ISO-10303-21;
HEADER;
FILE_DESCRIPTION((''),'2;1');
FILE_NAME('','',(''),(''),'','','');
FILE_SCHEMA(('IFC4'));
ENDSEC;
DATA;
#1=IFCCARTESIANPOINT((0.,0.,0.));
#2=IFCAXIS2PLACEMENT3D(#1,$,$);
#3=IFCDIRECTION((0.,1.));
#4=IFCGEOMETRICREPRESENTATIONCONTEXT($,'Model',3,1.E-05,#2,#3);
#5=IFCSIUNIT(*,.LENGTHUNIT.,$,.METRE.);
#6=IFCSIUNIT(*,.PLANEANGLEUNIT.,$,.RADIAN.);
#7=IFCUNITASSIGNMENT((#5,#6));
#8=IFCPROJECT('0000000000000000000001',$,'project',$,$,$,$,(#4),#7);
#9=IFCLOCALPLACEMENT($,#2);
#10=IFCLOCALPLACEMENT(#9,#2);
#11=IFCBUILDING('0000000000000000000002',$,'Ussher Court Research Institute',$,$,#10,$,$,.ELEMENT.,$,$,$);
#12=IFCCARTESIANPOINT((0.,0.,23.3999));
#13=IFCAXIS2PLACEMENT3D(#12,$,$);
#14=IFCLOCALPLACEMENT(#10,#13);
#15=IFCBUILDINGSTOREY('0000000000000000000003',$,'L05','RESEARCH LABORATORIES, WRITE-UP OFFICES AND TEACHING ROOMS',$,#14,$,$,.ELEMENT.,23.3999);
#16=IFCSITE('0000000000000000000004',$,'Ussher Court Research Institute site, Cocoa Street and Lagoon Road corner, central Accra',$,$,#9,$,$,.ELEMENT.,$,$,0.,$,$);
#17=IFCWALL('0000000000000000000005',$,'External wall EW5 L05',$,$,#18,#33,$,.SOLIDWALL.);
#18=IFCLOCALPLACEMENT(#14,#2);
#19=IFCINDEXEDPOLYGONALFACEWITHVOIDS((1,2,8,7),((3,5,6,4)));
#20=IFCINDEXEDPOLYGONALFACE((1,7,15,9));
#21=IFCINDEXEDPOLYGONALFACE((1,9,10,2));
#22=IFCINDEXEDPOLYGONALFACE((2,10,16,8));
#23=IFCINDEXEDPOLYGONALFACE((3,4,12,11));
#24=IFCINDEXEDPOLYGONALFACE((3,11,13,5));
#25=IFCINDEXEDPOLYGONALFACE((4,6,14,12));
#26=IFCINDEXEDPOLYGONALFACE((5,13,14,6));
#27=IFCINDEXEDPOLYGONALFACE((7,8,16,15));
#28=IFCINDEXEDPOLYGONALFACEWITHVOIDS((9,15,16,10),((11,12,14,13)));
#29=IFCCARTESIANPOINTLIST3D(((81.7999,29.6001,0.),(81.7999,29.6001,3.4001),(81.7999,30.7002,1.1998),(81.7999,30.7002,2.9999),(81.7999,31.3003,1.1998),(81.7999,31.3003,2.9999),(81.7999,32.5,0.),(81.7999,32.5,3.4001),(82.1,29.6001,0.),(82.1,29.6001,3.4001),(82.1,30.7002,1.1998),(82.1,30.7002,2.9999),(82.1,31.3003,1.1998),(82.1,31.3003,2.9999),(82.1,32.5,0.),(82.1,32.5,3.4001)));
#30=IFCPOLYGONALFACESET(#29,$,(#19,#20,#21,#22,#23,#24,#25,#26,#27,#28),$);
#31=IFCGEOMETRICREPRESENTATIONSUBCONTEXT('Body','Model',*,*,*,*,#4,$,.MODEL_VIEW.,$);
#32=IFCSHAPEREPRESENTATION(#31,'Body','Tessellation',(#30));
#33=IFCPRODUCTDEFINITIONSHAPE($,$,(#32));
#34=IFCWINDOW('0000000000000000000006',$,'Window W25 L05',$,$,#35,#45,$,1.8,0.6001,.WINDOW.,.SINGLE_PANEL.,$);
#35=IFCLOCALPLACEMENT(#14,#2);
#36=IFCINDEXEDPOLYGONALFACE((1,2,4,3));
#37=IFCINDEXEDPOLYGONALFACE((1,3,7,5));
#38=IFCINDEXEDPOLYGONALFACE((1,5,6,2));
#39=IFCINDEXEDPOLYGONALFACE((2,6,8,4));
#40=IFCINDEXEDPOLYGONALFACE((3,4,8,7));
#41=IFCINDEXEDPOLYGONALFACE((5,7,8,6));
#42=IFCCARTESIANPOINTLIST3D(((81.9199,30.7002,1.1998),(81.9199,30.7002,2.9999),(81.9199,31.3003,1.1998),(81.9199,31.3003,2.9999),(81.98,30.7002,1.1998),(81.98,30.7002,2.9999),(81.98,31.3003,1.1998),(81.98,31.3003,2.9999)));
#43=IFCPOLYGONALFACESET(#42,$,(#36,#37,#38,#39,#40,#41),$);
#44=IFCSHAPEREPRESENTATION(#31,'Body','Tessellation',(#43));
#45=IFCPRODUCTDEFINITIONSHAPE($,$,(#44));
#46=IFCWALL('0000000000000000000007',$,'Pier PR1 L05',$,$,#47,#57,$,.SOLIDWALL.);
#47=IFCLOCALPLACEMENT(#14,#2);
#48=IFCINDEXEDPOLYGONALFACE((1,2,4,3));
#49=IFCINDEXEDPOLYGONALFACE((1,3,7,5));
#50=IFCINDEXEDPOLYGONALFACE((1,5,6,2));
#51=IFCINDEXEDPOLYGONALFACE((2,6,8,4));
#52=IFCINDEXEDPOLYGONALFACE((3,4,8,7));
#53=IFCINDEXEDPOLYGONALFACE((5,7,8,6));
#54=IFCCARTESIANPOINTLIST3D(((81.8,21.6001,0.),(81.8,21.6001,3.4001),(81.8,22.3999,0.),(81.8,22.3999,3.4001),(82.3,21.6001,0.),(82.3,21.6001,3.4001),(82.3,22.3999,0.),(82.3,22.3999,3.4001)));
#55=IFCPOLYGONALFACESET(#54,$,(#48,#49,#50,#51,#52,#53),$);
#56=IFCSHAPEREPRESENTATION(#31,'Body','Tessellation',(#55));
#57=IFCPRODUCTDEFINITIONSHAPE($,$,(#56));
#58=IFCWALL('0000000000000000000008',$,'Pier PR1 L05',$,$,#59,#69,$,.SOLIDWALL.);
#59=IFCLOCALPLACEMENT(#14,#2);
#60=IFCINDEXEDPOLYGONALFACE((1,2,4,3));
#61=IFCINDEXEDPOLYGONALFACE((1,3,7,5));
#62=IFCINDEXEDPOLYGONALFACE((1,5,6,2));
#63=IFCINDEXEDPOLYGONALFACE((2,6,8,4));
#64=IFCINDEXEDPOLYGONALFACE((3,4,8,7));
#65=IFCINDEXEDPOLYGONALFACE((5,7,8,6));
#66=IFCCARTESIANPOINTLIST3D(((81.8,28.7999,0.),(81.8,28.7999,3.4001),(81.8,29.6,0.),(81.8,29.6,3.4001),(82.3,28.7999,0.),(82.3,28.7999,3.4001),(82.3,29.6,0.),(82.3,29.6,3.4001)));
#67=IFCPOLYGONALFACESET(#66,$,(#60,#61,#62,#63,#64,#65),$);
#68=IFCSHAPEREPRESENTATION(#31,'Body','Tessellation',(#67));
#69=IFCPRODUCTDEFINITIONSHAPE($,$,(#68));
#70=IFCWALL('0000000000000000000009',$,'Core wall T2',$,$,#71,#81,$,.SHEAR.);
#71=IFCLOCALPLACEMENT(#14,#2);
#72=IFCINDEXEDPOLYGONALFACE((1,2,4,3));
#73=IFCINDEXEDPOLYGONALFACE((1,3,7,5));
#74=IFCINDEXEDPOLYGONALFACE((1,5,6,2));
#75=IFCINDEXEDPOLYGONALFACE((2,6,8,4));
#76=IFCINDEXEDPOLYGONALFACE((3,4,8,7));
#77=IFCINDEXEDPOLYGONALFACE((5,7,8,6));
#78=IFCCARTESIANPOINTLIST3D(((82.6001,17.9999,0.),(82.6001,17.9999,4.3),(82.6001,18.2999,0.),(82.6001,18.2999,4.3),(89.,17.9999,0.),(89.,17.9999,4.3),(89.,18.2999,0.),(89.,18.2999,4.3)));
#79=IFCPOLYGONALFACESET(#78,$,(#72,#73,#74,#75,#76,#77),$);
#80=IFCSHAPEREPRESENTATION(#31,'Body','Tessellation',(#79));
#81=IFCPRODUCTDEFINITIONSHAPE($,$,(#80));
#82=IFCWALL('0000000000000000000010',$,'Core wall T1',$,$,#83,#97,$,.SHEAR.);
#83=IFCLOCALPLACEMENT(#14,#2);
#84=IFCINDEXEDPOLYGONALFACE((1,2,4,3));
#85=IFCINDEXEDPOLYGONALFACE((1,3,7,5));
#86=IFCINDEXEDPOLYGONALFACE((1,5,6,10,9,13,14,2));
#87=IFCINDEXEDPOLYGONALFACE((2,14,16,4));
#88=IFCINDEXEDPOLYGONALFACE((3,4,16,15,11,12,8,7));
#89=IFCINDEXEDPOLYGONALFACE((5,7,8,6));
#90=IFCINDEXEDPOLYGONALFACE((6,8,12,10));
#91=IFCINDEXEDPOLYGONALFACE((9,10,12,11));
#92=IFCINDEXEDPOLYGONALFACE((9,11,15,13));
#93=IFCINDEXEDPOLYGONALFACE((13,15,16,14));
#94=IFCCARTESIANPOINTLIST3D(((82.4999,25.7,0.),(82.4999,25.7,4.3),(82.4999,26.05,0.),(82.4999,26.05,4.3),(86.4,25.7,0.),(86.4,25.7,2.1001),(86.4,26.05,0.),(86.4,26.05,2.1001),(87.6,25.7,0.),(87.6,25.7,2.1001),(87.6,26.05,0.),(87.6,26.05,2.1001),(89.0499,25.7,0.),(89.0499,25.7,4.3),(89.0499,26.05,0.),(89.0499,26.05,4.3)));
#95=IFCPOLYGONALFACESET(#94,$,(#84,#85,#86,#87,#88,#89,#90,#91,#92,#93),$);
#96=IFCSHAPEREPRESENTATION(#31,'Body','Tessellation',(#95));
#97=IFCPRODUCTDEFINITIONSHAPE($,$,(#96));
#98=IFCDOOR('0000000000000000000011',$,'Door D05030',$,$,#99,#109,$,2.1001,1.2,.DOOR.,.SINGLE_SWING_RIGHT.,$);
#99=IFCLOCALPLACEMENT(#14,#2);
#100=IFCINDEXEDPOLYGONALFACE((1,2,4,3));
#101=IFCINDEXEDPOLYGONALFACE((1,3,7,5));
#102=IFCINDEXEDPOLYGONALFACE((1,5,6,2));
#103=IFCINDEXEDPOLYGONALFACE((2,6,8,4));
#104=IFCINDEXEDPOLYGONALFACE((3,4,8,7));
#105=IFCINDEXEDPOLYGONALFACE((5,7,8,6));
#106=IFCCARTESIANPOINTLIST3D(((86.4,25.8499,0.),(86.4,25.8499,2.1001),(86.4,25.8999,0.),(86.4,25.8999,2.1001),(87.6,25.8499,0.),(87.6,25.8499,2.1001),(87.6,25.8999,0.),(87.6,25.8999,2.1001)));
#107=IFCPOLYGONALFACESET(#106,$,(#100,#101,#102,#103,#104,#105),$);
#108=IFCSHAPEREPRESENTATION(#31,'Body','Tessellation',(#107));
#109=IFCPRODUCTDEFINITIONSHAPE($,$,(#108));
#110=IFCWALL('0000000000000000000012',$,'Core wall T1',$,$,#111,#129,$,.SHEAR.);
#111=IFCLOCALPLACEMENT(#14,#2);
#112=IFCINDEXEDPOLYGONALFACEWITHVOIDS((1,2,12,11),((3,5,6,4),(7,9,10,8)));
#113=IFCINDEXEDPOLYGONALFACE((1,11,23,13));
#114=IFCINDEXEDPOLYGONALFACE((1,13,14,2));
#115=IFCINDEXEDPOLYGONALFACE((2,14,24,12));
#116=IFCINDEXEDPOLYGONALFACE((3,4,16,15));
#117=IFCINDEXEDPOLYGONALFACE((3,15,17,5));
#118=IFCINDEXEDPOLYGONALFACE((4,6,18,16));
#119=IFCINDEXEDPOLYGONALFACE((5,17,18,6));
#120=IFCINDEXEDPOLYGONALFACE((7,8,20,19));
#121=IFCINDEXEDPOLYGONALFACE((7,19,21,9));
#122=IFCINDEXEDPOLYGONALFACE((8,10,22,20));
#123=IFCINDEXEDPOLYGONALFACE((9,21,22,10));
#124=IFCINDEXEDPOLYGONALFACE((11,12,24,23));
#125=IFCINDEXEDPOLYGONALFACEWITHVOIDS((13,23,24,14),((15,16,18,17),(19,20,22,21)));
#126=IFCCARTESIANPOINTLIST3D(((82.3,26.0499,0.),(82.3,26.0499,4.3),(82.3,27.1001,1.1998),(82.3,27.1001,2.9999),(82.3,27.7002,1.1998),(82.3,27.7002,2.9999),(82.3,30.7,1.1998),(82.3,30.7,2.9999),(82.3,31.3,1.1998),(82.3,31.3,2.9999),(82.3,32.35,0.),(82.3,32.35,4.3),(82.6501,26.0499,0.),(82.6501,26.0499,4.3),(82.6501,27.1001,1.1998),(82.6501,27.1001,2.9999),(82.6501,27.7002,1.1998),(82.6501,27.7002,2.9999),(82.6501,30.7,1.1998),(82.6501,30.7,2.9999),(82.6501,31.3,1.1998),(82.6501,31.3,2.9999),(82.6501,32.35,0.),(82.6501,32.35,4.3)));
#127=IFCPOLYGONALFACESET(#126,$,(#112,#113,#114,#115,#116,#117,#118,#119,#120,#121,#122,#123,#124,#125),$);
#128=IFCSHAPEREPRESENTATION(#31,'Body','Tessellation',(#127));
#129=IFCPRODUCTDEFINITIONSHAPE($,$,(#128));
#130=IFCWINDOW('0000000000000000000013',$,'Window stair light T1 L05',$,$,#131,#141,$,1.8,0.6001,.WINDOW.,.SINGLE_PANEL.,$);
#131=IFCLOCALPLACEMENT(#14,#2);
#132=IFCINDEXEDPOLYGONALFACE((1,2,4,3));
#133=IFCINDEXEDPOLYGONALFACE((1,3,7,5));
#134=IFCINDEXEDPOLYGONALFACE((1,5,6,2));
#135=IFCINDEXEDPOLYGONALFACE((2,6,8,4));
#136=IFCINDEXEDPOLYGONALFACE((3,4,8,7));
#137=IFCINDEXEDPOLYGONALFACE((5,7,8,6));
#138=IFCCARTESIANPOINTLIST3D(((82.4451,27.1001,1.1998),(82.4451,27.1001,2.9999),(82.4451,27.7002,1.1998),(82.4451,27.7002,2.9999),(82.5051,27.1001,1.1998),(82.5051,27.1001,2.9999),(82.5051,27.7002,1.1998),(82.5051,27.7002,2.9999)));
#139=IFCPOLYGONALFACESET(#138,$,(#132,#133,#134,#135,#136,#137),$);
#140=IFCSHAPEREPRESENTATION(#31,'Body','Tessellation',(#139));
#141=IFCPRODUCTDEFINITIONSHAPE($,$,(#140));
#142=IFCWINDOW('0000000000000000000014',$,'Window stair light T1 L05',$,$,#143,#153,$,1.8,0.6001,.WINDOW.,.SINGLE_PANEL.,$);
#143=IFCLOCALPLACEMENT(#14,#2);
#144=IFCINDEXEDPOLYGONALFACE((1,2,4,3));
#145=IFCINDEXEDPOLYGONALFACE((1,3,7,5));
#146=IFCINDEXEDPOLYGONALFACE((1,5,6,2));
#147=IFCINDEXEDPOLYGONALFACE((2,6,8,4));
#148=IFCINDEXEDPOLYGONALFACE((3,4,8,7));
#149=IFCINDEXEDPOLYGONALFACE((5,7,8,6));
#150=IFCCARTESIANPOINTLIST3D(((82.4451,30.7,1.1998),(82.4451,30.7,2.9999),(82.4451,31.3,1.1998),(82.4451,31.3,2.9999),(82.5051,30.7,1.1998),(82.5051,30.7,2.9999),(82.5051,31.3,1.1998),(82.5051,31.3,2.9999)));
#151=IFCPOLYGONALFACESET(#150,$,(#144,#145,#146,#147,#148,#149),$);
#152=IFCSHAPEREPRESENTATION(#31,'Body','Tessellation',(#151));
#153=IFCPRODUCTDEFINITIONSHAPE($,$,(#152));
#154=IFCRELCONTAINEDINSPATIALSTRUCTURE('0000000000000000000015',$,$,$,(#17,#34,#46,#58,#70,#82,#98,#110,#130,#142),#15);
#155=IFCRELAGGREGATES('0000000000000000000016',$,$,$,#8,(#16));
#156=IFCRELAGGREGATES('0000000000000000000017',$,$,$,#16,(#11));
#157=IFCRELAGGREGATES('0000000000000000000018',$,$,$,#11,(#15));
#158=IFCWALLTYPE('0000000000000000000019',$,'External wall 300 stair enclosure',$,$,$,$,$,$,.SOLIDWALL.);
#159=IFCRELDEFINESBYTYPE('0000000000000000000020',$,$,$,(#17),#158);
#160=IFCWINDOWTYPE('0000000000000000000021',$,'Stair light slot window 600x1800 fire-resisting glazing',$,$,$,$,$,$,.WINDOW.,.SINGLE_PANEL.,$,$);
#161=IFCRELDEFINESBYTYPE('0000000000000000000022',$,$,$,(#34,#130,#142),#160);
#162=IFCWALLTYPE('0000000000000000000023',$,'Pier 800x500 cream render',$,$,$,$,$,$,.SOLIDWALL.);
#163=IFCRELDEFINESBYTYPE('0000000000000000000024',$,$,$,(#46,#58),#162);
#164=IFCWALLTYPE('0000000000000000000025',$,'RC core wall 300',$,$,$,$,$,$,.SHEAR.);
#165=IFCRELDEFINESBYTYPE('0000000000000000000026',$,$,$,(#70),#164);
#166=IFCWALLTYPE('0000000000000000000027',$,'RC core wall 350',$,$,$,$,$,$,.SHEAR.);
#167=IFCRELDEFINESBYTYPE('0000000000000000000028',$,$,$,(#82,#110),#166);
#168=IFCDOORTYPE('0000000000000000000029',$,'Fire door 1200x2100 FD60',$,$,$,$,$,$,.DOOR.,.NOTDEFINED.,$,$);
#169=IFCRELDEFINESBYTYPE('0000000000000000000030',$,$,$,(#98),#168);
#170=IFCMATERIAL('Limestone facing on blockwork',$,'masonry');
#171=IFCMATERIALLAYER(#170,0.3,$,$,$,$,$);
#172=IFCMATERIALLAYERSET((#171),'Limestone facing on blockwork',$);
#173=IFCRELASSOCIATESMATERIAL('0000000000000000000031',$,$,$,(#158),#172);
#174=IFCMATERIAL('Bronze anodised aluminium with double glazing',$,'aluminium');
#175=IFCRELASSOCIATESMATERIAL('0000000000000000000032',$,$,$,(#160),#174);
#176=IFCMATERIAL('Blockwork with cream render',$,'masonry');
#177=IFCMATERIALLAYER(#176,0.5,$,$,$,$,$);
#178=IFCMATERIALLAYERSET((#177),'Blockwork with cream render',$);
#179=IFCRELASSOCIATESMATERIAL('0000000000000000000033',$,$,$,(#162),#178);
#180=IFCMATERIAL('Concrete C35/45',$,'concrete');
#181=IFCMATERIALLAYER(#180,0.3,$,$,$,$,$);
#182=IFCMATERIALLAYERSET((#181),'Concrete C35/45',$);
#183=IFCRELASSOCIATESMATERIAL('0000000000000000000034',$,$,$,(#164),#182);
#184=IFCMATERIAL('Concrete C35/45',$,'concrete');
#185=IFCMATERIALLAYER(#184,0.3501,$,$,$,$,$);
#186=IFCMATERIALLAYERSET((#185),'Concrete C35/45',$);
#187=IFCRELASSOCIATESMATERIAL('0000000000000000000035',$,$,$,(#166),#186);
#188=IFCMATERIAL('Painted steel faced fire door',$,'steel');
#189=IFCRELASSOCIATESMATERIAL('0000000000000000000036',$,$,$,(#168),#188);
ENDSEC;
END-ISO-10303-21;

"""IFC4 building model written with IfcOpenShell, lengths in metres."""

from ifc_helpers import new_model, si_unit, direction, frame, frame_2d, origin, place, context, subcontext, project, spatial, rectangle, extrude, material, layer, layer_set, type_object, element, fill, save


model = new_model("IFC4")

# Units and contexts
model_context = context("Model", 3, precision=1e-05, world=origin(), true_north=direction((0.0, 1.0)))
body_context = subcontext(model_context, "Body", "Model", "MODEL_VIEW")
ifc_project = project(units=[si_unit("LENGTHUNIT", "METRE"), si_unit("PLANEANGLEUNIT", "RADIAN")], contexts=[model_context])

# Site, building, storey
site_placement = place(None, origin())
site = spatial("IfcSite", under=ifc_project, at=site_placement, Name="Ussher Court Research Institute site, Cocoa Street and Lagoon Road corner, central Accra", CompositionType="ELEMENT", RefElevation=0.0)
building_placement = place(site_placement, origin())
building = spatial("IfcBuilding", under=site, at=building_placement, Name="Ussher Court Research Institute", CompositionType="ELEMENT")
storey_placement = place(building_placement, frame((0.0, 0.0, 23.3999)))
storey = spatial("IfcBuildingStorey", under=building, at=storey_placement, Name="L05", Description="RESEARCH LABORATORIES, WRITE-UP OFFICES AND TEACHING ROOMS", CompositionType="ELEMENT", Elevation=23.3999)

# Wall, opening, window
ifc_material_1 = material(Name="Limestone facing on blockwork", Category="masonry")
ifc_layer_1 = layer(ifc_material_1, 0.3)
ifc_layer_set_1 = layer_set([ifc_layer_1], Name="Limestone facing on blockwork")
wall_type_1 = type_object("IfcWallType", Name="External wall 300 stair enclosure", PredefinedType="SOLIDWALL", material=ifc_layer_set_1)
ifc_material_2 = material(Name="Bronze anodised aluminium with double glazing", Category="aluminium")
window_type_1 = type_object("IfcWindowType", Name="Stair light slot window 600x1800 fire-resisting glazing", PartitioningType="SINGLE_PANEL", PredefinedType="WINDOW", material=ifc_material_2)
wall_1_placement = place(storey_placement, frame((81.95, 29.6001, 0.0), z_axis=(0.0, 0.0, 1.0), x_axis=(0.0, 1.0, 0.0)))
wall_1 = element("IfcWall", 1, at=wall_1_placement, inside=storey, type_object=wall_type_1, Name="External wall EW5 L05", PredefinedType="SOLIDWALL", context=body_context, shape_type="SweptSolid", body=[
    extrude(rectangle(XDim=2.8999, YDim=0.3, at=frame_2d((1.45, 0.0))), origin(), (0.0, 0.0, 1.0), 3.4001),
])
opening_1_placement = place(wall_1_placement, frame((1.1001, 0.0, 1.2)))
opening_1 = element("IfcOpeningElement", 2, at=opening_1_placement, cuts=wall_1, PredefinedType="OPENING", context=body_context, shape_type="SweptSolid", body=[
    extrude(rectangle(XDim=0.6001, YDim=1.8, at=frame_2d((0.3, 0.8999))), frame((0.0, 0.1602, 0.0), z_axis=(0.0, -1.0, 0.0), x_axis=(1.0, 0.0, 0.0)), (0.0, 0.0, 1.0), 0.3201),
])
window_1_placement = place(opening_1_placement, origin())
window_1 = element("IfcWindow", 3, at=window_1_placement, inside=storey, type_object=window_type_1, Name="Window W25 L05", OverallHeight=1.8, OverallWidth=0.6001, PartitioningType="SINGLE_PANEL", PredefinedType="WINDOW", context=body_context, shape_type="SweptSolid", body=[
    extrude(rectangle(XDim=0.6001, YDim=1.8, at=frame_2d((0.3, 0.8999))), frame((0.0, 0.03, 0.0), z_axis=(0.0, -1.0, 0.0), x_axis=(1.0, 0.0, 0.0)), (0.0, 0.0, 1.0), 0.0601),
])
fill(opening_1, window_1)

# Walls
ifc_material_3 = material(Name="Blockwork with cream render", Category="masonry")
ifc_layer_2 = layer(ifc_material_3, 0.5)
ifc_layer_set_2 = layer_set([ifc_layer_2], Name="Blockwork with cream render")
wall_type_2 = type_object("IfcWallType", Name="Pier 800x500 cream render", PredefinedType="SOLIDWALL", material=ifc_layer_set_2)
wall_2_placement = place(storey_placement, frame((82.05, 21.6001, 0.0), z_axis=(0.0, 0.0, 1.0), x_axis=(0.0, 1.0, 0.0)))
element("IfcWall", 4, at=wall_2_placement, inside=storey, type_object=wall_type_2, Name="Pier PR1 L05", PredefinedType="SOLIDWALL", context=body_context, shape_type="SweptSolid", body=[
    extrude(rectangle(XDim=0.7998, YDim=0.5, at=frame_2d((0.3999, 0.0))), origin(), (0.0, 0.0, 1.0), 3.4001),
])
wall_3_placement = place(storey_placement, frame((82.05, 28.8, 0.0), z_axis=(0.0, 0.0, 1.0), x_axis=(0.0, 1.0, 0.0)))
element("IfcWall", 5, at=wall_3_placement, inside=storey, type_object=wall_type_2, Name="Pier PR1 L05", PredefinedType="SOLIDWALL", context=body_context, shape_type="SweptSolid", body=[
    extrude(rectangle(XDim=0.8, YDim=0.5, at=frame_2d((0.3999, 0.0))), origin(), (0.0, 0.0, 1.0), 3.4001),
])
ifc_material_4 = material(Name="Concrete C35/45", Category="concrete")
ifc_layer_3 = layer(ifc_material_4, 0.3)
ifc_layer_set_3 = layer_set([ifc_layer_3], Name="Concrete C35/45")
wall_type_3 = type_object("IfcWallType", Name="RC core wall 300", PredefinedType="SHEAR", material=ifc_layer_set_3)
wall_4_placement = place(storey_placement, frame((82.6001, 18.1499, 0.0), z_axis=(0.0, 0.0, 1.0), x_axis=(1.0, 0.0, 0.0)))
element("IfcWall", 6, at=wall_4_placement, inside=storey, type_object=wall_type_3, Name="Core wall T2", PredefinedType="SHEAR", context=body_context, shape_type="SweptSolid", body=[
    extrude(rectangle(XDim=6.3999, YDim=0.3, at=frame_2d((3.2, 0.0))), origin(), (0.0, 0.0, 1.0), 4.3),
])

# Wall, opening, door
ifc_material_5 = material(Name="Concrete C35/45", Category="concrete")
ifc_layer_4 = layer(ifc_material_5, 0.3501)
ifc_layer_set_4 = layer_set([ifc_layer_4], Name="Concrete C35/45")
wall_type_4 = type_object("IfcWallType", Name="RC core wall 350", PredefinedType="SHEAR", material=ifc_layer_set_4)
wall_5_placement = place(storey_placement, frame((82.5, 25.875, 0.0), z_axis=(0.0, 0.0, 1.0), x_axis=(1.0, 0.0, 0.0)))
wall_5 = element("IfcWall", 7, at=wall_5_placement, inside=storey, type_object=wall_type_4, Name="Core wall T1", PredefinedType="SHEAR", context=body_context, shape_type="SweptSolid", body=[
    extrude(rectangle(XDim=6.55, YDim=0.3501, at=frame_2d((3.2749, 0.0))), origin(), (0.0, 0.0, 1.0), 4.3),
])
opening_2_placement = place(wall_5_placement, frame((3.8999, 0.0, 0.0)))
opening_2 = element("IfcOpeningElement", 8, at=opening_2_placement, cuts=wall_5, PredefinedType="OPENING", context=body_context, shape_type="SweptSolid", body=[
    extrude(rectangle(XDim=1.2, YDim=2.1001, at=frame_2d((0.6001, 1.05))), frame((0.0, 0.1851, 0.0), z_axis=(0.0, -1.0, 0.0), x_axis=(1.0, 0.0, 0.0)), (0.0, 0.0, 1.0), 0.3701),
])
ifc_material_6 = material(Name="Painted steel faced fire door", Category="steel")
door_type = type_object("IfcDoorType", Name="Fire door 1200x2100 FD60", OperationType="NOTDEFINED", PredefinedType="DOOR", material=ifc_material_6)
door_placement = place(opening_2_placement, origin())
door = element("IfcDoor", 9, at=door_placement, inside=storey, type_object=door_type, Name="Door D05030", OperationType="SINGLE_SWING_RIGHT", OverallHeight=2.1001, OverallWidth=1.2, PredefinedType="DOOR", context=body_context, shape_type="SweptSolid", body=[
    extrude(rectangle(XDim=1.2, YDim=2.1001, at=frame_2d((0.6001, 1.05))), frame((0.0, 0.0249, 0.0), z_axis=(0.0, -1.0, 0.0), x_axis=(1.0, 0.0, 0.0)), (0.0, 0.0, 1.0), 0.05),
])
fill(opening_2, door)

# Wall, openings, windows
wall_6_placement = place(storey_placement, frame((82.4751, 26.05, 0.0), z_axis=(0.0, 0.0, 1.0), x_axis=(0.0, 1.0, 0.0)))
wall_6 = element("IfcWall", 10, at=wall_6_placement, inside=storey, type_object=wall_type_4, Name="Core wall T1", PredefinedType="SHEAR", context=body_context, shape_type="SweptSolid", body=[
    extrude(rectangle(XDim=6.3, YDim=0.3501, at=frame_2d((3.1499, 0.0))), origin(), (0.0, 0.0, 1.0), 4.3),
])
opening_3_placement = place(wall_6_placement, frame((1.05, 0.0, 1.2)))
opening_3 = element("IfcOpeningElement", 11, at=opening_3_placement, cuts=wall_6, PredefinedType="OPENING", context=body_context, shape_type="SweptSolid", body=[
    extrude(rectangle(XDim=0.6001, YDim=1.8, at=frame_2d((0.3, 0.8999))), frame((0.0, 0.1851, 0.0), z_axis=(0.0, -1.0, 0.0), x_axis=(1.0, 0.0, 0.0)), (0.0, 0.0, 1.0), 0.3701),
])
opening_4_placement = place(wall_6_placement, frame((4.6499, 0.0, 1.2)))
opening_4 = element("IfcOpeningElement", 12, at=opening_4_placement, cuts=wall_6, PredefinedType="OPENING", context=body_context, shape_type="SweptSolid", body=[
    extrude(rectangle(XDim=0.6001, YDim=1.8, at=frame_2d((0.3, 0.8999))), frame((0.0, 0.1851, 0.0), z_axis=(0.0, -1.0, 0.0), x_axis=(1.0, 0.0, 0.0)), (0.0, 0.0, 1.0), 0.3701),
])
window_2_placement = place(opening_3_placement, origin())
window_2 = element("IfcWindow", 13, at=window_2_placement, inside=storey, type_object=window_type_1, Name="Window stair light T1 L05", OverallHeight=1.8, OverallWidth=0.6001, PartitioningType="SINGLE_PANEL", PredefinedType="WINDOW", context=body_context, shape_type="SweptSolid", body=[
    extrude(rectangle(XDim=0.6001, YDim=1.8, at=frame_2d((0.3, 0.8999))), frame((0.0, 0.03, 0.0), z_axis=(0.0, -1.0, 0.0), x_axis=(1.0, 0.0, 0.0)), (0.0, 0.0, 1.0), 0.0601),
])
fill(opening_3, window_2)
window_3_placement = place(opening_4_placement, origin())
window_3 = element("IfcWindow", 14, at=window_3_placement, inside=storey, type_object=window_type_1, Name="Window stair light T1 L05", OverallHeight=1.8, OverallWidth=0.6001, PartitioningType="SINGLE_PANEL", PredefinedType="WINDOW", context=body_context, shape_type="SweptSolid", body=[
    extrude(rectangle(XDim=0.6001, YDim=1.8, at=frame_2d((0.3, 0.8999))), frame((0.0, 0.03, 0.0), z_axis=(0.0, -1.0, 0.0), x_axis=(1.0, 0.0, 0.0)), (0.0, 0.0, 1.0), 0.0601),
])
fill(opening_4, window_3)

save(model, "model.ifc")
